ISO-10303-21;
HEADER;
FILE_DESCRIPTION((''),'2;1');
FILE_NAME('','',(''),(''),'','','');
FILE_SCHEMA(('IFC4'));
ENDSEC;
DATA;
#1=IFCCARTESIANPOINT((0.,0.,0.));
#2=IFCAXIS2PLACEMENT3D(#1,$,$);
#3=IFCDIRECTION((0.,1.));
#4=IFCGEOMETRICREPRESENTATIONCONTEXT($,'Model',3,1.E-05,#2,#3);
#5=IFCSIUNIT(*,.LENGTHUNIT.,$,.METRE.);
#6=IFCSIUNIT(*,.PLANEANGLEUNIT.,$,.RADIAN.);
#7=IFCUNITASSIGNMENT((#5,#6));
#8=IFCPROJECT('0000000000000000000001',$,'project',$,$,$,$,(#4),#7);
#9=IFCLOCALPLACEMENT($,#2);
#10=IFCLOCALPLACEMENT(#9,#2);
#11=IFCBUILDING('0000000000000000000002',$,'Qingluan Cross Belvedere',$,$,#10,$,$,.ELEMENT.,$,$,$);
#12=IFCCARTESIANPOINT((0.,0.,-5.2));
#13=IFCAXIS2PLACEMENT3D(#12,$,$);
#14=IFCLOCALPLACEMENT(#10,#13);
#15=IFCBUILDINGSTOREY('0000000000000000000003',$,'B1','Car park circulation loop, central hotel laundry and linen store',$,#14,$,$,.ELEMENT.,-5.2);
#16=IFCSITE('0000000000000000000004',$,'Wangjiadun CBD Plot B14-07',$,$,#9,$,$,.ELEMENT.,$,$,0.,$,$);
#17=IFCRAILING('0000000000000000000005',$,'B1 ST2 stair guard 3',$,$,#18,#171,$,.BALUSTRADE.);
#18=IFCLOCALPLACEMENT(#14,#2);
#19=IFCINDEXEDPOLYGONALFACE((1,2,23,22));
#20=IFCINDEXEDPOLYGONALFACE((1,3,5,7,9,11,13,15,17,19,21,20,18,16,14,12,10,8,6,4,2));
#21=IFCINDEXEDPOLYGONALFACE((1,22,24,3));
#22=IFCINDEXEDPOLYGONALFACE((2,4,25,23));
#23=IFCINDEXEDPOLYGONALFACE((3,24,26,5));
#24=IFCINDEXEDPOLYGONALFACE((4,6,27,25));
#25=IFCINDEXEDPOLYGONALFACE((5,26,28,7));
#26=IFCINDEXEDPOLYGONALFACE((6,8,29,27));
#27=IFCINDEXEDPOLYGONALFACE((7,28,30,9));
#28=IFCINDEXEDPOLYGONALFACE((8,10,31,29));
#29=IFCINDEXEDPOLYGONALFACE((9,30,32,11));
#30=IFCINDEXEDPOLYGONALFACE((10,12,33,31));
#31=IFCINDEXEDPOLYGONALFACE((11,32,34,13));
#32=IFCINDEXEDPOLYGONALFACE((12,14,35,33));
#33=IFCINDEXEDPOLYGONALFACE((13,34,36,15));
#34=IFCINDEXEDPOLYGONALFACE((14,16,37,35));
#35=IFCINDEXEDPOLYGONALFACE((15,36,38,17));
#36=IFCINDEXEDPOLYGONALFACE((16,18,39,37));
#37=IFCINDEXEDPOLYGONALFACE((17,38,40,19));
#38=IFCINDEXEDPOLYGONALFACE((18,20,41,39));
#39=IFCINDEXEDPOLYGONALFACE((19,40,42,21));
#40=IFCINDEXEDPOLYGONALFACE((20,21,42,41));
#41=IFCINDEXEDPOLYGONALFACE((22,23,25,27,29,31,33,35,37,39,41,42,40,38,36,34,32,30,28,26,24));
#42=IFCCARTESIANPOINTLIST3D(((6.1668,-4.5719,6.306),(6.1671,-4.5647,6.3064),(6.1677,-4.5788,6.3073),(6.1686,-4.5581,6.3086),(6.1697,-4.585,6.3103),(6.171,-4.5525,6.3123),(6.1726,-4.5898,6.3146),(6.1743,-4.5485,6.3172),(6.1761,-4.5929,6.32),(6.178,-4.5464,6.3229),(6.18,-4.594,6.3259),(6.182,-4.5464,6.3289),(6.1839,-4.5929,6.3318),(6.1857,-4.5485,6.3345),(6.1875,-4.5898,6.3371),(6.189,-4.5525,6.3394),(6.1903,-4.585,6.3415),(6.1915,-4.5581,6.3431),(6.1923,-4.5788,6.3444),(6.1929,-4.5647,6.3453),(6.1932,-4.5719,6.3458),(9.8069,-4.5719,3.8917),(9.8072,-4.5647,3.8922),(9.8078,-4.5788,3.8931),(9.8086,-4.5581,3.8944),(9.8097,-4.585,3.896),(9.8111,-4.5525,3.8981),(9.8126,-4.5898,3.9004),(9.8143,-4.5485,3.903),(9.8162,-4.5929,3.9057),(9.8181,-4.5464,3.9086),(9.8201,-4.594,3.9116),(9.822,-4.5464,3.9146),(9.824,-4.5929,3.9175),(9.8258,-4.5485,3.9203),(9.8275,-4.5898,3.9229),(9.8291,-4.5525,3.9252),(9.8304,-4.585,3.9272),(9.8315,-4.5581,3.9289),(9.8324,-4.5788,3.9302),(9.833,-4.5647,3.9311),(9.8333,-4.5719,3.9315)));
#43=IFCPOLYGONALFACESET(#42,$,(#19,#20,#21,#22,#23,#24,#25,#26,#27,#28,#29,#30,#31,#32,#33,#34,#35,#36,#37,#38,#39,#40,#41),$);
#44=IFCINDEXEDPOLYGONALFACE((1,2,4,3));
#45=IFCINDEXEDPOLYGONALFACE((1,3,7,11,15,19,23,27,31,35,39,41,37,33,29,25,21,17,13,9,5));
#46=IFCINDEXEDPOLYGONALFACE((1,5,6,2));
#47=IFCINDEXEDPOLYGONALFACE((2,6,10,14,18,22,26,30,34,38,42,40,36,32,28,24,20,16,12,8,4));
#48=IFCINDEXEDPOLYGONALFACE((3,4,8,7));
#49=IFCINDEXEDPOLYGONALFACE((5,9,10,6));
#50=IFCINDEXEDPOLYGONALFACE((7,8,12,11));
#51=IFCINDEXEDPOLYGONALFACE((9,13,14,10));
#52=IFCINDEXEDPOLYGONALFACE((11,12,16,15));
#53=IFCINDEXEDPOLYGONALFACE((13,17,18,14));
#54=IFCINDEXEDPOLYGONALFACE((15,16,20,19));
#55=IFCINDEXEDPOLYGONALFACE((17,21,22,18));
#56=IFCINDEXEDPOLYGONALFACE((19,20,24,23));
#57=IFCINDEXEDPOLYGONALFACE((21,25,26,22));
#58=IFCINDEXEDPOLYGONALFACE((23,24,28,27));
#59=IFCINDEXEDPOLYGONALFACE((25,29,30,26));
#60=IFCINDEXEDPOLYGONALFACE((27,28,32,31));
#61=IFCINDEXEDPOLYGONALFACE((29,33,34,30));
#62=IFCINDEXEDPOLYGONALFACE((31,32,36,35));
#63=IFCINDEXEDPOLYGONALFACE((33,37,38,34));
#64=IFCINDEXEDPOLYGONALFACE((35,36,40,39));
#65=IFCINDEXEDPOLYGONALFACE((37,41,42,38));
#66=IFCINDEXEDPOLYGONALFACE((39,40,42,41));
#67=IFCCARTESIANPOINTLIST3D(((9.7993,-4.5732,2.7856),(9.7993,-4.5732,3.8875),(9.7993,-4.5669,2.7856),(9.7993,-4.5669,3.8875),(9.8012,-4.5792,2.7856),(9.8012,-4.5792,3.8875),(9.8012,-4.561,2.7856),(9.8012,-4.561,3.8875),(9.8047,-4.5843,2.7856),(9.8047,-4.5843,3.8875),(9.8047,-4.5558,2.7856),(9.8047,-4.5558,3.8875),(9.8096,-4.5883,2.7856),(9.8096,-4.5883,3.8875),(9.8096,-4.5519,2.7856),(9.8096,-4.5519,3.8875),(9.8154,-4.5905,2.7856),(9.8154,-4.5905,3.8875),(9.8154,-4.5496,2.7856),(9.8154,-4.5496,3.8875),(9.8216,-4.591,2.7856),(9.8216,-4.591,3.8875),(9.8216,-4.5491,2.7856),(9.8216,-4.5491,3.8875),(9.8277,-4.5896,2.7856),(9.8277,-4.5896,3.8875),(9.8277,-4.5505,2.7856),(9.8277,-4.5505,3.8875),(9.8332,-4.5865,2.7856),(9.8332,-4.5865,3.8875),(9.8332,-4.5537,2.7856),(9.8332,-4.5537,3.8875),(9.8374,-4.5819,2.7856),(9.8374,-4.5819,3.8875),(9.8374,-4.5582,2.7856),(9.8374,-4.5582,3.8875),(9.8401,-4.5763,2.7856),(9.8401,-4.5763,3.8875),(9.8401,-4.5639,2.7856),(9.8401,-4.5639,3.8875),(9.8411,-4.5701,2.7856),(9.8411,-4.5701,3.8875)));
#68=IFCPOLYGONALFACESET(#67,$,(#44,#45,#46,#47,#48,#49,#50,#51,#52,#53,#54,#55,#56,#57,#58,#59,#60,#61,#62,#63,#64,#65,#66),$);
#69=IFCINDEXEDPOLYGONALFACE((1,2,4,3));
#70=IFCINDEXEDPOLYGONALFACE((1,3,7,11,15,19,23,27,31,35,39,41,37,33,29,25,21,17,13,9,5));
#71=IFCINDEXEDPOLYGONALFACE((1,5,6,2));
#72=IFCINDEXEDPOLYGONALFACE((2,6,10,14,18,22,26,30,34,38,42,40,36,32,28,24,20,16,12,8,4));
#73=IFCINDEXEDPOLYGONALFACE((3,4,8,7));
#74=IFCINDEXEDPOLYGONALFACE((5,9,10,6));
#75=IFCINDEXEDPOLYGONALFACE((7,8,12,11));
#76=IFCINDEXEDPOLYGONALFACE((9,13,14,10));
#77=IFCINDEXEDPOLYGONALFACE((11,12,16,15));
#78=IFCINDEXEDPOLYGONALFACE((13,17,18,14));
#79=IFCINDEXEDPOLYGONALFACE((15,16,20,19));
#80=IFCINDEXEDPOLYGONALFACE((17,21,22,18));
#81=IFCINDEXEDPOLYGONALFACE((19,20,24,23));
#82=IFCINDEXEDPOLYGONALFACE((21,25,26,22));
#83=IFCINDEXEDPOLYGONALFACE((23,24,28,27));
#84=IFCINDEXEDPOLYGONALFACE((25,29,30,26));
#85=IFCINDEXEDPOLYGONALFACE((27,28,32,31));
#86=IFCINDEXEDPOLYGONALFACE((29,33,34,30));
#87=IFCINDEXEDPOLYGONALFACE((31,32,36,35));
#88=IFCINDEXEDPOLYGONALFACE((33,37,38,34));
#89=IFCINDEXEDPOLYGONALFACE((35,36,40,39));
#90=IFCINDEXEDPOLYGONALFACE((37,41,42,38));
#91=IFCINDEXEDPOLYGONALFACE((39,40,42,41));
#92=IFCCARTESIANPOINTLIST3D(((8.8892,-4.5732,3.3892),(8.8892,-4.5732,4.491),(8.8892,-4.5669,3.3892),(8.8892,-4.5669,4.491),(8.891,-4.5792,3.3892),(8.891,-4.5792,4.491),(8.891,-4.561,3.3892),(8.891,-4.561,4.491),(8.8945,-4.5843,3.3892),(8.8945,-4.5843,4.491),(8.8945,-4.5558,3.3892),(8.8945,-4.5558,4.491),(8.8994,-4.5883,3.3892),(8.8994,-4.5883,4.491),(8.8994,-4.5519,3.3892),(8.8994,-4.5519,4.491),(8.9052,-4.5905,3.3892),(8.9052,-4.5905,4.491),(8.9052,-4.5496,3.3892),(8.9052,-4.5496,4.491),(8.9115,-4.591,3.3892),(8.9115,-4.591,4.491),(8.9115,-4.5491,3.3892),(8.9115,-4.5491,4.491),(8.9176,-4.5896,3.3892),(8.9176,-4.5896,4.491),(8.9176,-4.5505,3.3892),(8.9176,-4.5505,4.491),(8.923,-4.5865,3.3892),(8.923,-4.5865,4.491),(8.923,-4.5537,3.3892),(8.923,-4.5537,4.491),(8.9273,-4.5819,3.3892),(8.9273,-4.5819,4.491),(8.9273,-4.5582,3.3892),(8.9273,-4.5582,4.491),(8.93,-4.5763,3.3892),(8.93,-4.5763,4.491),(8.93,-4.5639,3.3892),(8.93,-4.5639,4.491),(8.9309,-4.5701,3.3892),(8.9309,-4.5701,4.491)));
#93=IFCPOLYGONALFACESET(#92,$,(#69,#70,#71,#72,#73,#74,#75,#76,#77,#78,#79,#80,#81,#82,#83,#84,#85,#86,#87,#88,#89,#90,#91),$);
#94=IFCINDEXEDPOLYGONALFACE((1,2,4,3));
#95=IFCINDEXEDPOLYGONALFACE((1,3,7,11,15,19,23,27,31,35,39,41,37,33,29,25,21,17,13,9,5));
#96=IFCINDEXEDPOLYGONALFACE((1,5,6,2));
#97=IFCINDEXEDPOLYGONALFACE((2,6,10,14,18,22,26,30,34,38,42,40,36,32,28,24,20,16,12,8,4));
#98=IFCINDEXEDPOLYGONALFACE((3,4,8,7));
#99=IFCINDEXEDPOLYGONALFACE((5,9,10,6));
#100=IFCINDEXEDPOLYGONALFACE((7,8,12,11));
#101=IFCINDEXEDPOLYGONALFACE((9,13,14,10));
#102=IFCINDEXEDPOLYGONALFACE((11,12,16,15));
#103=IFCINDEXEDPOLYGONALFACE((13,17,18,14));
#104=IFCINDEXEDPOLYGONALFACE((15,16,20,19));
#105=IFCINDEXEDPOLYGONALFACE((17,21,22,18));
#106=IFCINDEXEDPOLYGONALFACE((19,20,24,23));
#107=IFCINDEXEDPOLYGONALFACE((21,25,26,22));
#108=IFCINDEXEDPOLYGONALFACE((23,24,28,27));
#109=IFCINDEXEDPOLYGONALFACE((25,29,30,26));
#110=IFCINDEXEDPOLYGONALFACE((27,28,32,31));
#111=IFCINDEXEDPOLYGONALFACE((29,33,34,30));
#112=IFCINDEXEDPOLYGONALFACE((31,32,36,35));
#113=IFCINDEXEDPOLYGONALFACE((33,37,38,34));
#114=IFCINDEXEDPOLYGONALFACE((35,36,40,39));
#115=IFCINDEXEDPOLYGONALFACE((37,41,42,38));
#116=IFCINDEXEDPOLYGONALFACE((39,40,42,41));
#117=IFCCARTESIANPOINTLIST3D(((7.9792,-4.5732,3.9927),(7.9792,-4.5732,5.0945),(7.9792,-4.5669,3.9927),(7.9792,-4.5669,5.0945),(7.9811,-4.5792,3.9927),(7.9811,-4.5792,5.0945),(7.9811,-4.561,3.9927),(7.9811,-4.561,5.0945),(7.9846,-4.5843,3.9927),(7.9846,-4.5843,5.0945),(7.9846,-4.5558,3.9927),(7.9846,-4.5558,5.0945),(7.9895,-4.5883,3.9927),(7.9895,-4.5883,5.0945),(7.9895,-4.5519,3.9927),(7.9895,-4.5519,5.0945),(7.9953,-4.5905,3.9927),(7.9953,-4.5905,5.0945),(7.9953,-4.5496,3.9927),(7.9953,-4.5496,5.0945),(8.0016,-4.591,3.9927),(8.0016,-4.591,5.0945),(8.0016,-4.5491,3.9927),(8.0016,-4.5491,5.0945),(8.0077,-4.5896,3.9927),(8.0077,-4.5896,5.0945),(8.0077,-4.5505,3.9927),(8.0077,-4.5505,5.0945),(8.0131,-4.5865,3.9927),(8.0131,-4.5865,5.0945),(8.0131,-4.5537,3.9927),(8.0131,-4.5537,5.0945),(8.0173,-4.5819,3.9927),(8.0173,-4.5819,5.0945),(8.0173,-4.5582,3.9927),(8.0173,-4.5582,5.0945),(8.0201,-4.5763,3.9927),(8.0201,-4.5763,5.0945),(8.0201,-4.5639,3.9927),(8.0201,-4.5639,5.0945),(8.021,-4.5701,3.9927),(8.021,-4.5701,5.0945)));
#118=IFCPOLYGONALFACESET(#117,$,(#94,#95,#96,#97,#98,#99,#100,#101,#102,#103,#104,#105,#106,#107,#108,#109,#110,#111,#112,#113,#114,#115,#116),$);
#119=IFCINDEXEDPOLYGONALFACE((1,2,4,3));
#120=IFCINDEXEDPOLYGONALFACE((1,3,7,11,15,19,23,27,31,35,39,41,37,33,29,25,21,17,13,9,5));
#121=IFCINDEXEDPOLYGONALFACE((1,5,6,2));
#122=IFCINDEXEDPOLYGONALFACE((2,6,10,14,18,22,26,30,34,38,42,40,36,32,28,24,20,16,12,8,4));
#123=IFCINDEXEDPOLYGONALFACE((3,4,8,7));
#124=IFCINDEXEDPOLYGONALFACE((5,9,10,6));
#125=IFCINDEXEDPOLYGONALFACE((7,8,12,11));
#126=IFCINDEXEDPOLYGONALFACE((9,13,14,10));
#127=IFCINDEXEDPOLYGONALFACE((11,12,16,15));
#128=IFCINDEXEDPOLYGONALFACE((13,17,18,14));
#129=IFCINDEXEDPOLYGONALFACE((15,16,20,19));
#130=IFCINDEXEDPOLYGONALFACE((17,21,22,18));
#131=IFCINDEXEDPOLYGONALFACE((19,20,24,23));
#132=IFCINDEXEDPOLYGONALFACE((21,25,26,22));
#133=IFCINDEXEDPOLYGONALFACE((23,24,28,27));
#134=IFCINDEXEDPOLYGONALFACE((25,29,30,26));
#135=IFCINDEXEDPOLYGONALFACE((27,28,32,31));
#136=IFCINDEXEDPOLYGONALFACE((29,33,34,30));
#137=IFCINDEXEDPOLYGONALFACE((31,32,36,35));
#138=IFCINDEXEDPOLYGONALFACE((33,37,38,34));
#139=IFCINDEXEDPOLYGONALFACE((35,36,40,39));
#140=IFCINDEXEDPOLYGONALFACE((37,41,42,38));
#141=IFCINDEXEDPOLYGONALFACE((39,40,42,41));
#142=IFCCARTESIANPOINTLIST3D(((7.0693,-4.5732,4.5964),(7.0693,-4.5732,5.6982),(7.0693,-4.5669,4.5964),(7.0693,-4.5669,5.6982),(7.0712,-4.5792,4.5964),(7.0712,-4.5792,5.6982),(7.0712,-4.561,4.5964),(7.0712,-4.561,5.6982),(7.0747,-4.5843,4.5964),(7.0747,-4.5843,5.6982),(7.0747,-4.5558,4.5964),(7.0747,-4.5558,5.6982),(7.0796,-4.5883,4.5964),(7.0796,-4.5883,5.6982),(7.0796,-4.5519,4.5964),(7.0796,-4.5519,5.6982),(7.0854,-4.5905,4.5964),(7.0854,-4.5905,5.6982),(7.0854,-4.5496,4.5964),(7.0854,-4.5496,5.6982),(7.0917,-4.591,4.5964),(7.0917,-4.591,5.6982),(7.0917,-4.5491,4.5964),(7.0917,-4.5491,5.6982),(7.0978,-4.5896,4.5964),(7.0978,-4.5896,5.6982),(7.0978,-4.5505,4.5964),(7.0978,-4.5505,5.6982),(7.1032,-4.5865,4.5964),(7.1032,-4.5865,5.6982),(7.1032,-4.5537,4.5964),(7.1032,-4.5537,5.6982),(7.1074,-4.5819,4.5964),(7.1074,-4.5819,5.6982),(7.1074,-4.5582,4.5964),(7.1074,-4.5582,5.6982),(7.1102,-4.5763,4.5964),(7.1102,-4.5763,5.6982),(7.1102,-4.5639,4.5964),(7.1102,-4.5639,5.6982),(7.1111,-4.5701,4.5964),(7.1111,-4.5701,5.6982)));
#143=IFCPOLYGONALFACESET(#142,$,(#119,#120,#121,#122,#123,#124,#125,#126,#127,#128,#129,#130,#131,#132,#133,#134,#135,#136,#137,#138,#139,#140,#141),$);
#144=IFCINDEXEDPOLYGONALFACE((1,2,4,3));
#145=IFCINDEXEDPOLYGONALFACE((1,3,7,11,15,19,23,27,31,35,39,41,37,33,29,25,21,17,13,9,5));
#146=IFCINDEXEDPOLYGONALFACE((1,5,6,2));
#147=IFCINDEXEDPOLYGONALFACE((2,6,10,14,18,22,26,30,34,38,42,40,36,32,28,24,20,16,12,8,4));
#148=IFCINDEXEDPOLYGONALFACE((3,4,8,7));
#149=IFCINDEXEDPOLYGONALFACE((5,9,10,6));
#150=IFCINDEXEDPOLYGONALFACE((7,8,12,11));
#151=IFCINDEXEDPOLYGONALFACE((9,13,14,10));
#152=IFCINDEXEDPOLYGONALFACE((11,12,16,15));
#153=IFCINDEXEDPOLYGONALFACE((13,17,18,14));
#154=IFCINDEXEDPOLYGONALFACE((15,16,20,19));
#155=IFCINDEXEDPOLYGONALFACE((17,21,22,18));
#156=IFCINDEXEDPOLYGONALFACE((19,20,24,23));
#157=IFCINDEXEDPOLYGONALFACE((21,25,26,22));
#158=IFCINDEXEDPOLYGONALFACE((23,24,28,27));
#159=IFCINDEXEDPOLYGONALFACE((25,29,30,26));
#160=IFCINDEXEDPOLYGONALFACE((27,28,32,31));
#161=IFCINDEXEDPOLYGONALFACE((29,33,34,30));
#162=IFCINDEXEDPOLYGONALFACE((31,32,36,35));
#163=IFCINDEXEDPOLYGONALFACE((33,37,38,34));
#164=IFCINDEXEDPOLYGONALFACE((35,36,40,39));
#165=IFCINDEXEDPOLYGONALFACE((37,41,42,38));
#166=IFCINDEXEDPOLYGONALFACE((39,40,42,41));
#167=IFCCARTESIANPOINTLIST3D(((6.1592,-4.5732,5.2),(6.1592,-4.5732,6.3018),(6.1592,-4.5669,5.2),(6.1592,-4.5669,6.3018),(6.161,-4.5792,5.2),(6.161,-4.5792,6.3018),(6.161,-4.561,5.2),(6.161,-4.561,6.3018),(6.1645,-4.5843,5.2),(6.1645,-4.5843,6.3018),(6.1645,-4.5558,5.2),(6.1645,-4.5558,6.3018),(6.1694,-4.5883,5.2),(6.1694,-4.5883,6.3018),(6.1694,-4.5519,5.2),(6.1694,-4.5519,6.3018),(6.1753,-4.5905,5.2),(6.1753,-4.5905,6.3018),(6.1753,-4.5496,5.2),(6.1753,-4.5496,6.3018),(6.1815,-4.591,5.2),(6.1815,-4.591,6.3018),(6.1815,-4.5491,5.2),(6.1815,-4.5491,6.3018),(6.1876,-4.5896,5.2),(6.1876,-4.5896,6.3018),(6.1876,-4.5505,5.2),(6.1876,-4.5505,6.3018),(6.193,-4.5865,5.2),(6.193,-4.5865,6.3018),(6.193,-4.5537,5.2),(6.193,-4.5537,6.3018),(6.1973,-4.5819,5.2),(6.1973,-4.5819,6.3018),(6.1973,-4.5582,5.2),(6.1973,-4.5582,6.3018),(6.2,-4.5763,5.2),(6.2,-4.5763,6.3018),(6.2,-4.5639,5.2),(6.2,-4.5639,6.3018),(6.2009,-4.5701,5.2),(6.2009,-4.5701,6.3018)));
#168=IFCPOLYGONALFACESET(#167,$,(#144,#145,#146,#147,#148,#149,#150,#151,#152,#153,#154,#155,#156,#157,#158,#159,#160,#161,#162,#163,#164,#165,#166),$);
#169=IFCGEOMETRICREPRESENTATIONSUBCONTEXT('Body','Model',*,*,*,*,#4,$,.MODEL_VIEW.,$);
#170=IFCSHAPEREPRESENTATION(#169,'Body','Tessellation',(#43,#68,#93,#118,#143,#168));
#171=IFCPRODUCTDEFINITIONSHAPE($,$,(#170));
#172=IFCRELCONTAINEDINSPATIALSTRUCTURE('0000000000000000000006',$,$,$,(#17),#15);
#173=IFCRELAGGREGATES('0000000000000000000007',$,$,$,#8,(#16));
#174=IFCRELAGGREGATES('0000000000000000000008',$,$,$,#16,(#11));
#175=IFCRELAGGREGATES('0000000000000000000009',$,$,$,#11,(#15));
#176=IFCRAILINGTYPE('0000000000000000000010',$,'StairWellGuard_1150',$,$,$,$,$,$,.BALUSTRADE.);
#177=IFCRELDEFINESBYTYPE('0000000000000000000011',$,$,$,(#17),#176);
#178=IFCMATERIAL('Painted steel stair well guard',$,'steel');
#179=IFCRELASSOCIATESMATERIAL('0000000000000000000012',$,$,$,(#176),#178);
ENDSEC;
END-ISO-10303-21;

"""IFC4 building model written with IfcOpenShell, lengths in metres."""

from ifc_helpers import new_model, si_unit, direction, frame, origin, origin_2d, place, context, subcontext, project, spatial, circle, extrude, material, type_object, element, save


model = new_model("IFC4")

# Units and contexts
model_context = context("Model", 3, precision=1e-05, world=origin(), true_north=direction((0.0, 1.0)))
body_context = subcontext(model_context, "Body", "Model", "MODEL_VIEW")
ifc_project = project(units=[si_unit("LENGTHUNIT", "METRE"), si_unit("PLANEANGLEUNIT", "RADIAN")], contexts=[model_context])

# Site, building, storey
site_placement = place(None, origin())
site = spatial("IfcSite", under=ifc_project, at=site_placement, Name="Wangjiadun CBD Plot B14-07", CompositionType="ELEMENT", RefElevation=0.0)
building_placement = place(site_placement, origin())
building = spatial("IfcBuilding", under=site, at=building_placement, Name="Qingluan Cross Belvedere", CompositionType="ELEMENT")
storey_placement = place(building_placement, frame((0.0, 0.0, -5.2)))
storey = spatial("IfcBuildingStorey", under=building, at=storey_placement, Name="B1", Description="Car park circulation loop, central hotel laundry and linen store", CompositionType="ELEMENT", Elevation=-5.2)

# Railing
ifc_material_1 = material(Name="Painted steel stair well guard", Category="steel")
railing_type_1 = type_object("IfcRailingType", Name="StairWellGuard_1150", PredefinedType="BALUSTRADE", material=ifc_material_1)
railing_1_placement = place(storey_placement, frame((9.8201, -4.5701, 2.7856)))
element("IfcRailing", 1, at=railing_1_placement, inside=storey, type_object=railing_type_1, Name="B1 ST2 stair guard 3", PredefinedType="BALUSTRADE", context=body_context, shape_type="SweptSolid", body=[
    extrude(circle(Radius=0.0239, at=origin_2d()), frame((0.0, 0.0, 1.126), z_axis=(-0.833364, 0.0, 0.552725), x_axis=(0.0, -1.0, 0.0)), (0.0, 0.0, 1.0), 4.3679),
    extrude(circle(Radius=0.021, at=origin_2d()), origin(), (0.0, 0.0, 1.0), 1.1018),
    extrude(circle(Radius=0.021, at=origin_2d()), frame((-0.9102, 0.0, 0.6035)), (0.0, 0.0, 1.0), 1.1018),
    extrude(circle(Radius=0.021, at=origin_2d()), frame((-1.8201, 0.0, 1.207)), (0.0, 0.0, 1.0), 1.1018),
    extrude(circle(Radius=0.021, at=origin_2d()), frame((-2.73, 0.0, 1.8108)), (0.0, 0.0, 1.0), 1.1018),
    extrude(circle(Radius=0.021, at=origin_2d()), frame((-3.6401, 0.0, 2.4143)), (0.0, 0.0, 1.0), 1.1018),
])

save(model, "model.ifc")
